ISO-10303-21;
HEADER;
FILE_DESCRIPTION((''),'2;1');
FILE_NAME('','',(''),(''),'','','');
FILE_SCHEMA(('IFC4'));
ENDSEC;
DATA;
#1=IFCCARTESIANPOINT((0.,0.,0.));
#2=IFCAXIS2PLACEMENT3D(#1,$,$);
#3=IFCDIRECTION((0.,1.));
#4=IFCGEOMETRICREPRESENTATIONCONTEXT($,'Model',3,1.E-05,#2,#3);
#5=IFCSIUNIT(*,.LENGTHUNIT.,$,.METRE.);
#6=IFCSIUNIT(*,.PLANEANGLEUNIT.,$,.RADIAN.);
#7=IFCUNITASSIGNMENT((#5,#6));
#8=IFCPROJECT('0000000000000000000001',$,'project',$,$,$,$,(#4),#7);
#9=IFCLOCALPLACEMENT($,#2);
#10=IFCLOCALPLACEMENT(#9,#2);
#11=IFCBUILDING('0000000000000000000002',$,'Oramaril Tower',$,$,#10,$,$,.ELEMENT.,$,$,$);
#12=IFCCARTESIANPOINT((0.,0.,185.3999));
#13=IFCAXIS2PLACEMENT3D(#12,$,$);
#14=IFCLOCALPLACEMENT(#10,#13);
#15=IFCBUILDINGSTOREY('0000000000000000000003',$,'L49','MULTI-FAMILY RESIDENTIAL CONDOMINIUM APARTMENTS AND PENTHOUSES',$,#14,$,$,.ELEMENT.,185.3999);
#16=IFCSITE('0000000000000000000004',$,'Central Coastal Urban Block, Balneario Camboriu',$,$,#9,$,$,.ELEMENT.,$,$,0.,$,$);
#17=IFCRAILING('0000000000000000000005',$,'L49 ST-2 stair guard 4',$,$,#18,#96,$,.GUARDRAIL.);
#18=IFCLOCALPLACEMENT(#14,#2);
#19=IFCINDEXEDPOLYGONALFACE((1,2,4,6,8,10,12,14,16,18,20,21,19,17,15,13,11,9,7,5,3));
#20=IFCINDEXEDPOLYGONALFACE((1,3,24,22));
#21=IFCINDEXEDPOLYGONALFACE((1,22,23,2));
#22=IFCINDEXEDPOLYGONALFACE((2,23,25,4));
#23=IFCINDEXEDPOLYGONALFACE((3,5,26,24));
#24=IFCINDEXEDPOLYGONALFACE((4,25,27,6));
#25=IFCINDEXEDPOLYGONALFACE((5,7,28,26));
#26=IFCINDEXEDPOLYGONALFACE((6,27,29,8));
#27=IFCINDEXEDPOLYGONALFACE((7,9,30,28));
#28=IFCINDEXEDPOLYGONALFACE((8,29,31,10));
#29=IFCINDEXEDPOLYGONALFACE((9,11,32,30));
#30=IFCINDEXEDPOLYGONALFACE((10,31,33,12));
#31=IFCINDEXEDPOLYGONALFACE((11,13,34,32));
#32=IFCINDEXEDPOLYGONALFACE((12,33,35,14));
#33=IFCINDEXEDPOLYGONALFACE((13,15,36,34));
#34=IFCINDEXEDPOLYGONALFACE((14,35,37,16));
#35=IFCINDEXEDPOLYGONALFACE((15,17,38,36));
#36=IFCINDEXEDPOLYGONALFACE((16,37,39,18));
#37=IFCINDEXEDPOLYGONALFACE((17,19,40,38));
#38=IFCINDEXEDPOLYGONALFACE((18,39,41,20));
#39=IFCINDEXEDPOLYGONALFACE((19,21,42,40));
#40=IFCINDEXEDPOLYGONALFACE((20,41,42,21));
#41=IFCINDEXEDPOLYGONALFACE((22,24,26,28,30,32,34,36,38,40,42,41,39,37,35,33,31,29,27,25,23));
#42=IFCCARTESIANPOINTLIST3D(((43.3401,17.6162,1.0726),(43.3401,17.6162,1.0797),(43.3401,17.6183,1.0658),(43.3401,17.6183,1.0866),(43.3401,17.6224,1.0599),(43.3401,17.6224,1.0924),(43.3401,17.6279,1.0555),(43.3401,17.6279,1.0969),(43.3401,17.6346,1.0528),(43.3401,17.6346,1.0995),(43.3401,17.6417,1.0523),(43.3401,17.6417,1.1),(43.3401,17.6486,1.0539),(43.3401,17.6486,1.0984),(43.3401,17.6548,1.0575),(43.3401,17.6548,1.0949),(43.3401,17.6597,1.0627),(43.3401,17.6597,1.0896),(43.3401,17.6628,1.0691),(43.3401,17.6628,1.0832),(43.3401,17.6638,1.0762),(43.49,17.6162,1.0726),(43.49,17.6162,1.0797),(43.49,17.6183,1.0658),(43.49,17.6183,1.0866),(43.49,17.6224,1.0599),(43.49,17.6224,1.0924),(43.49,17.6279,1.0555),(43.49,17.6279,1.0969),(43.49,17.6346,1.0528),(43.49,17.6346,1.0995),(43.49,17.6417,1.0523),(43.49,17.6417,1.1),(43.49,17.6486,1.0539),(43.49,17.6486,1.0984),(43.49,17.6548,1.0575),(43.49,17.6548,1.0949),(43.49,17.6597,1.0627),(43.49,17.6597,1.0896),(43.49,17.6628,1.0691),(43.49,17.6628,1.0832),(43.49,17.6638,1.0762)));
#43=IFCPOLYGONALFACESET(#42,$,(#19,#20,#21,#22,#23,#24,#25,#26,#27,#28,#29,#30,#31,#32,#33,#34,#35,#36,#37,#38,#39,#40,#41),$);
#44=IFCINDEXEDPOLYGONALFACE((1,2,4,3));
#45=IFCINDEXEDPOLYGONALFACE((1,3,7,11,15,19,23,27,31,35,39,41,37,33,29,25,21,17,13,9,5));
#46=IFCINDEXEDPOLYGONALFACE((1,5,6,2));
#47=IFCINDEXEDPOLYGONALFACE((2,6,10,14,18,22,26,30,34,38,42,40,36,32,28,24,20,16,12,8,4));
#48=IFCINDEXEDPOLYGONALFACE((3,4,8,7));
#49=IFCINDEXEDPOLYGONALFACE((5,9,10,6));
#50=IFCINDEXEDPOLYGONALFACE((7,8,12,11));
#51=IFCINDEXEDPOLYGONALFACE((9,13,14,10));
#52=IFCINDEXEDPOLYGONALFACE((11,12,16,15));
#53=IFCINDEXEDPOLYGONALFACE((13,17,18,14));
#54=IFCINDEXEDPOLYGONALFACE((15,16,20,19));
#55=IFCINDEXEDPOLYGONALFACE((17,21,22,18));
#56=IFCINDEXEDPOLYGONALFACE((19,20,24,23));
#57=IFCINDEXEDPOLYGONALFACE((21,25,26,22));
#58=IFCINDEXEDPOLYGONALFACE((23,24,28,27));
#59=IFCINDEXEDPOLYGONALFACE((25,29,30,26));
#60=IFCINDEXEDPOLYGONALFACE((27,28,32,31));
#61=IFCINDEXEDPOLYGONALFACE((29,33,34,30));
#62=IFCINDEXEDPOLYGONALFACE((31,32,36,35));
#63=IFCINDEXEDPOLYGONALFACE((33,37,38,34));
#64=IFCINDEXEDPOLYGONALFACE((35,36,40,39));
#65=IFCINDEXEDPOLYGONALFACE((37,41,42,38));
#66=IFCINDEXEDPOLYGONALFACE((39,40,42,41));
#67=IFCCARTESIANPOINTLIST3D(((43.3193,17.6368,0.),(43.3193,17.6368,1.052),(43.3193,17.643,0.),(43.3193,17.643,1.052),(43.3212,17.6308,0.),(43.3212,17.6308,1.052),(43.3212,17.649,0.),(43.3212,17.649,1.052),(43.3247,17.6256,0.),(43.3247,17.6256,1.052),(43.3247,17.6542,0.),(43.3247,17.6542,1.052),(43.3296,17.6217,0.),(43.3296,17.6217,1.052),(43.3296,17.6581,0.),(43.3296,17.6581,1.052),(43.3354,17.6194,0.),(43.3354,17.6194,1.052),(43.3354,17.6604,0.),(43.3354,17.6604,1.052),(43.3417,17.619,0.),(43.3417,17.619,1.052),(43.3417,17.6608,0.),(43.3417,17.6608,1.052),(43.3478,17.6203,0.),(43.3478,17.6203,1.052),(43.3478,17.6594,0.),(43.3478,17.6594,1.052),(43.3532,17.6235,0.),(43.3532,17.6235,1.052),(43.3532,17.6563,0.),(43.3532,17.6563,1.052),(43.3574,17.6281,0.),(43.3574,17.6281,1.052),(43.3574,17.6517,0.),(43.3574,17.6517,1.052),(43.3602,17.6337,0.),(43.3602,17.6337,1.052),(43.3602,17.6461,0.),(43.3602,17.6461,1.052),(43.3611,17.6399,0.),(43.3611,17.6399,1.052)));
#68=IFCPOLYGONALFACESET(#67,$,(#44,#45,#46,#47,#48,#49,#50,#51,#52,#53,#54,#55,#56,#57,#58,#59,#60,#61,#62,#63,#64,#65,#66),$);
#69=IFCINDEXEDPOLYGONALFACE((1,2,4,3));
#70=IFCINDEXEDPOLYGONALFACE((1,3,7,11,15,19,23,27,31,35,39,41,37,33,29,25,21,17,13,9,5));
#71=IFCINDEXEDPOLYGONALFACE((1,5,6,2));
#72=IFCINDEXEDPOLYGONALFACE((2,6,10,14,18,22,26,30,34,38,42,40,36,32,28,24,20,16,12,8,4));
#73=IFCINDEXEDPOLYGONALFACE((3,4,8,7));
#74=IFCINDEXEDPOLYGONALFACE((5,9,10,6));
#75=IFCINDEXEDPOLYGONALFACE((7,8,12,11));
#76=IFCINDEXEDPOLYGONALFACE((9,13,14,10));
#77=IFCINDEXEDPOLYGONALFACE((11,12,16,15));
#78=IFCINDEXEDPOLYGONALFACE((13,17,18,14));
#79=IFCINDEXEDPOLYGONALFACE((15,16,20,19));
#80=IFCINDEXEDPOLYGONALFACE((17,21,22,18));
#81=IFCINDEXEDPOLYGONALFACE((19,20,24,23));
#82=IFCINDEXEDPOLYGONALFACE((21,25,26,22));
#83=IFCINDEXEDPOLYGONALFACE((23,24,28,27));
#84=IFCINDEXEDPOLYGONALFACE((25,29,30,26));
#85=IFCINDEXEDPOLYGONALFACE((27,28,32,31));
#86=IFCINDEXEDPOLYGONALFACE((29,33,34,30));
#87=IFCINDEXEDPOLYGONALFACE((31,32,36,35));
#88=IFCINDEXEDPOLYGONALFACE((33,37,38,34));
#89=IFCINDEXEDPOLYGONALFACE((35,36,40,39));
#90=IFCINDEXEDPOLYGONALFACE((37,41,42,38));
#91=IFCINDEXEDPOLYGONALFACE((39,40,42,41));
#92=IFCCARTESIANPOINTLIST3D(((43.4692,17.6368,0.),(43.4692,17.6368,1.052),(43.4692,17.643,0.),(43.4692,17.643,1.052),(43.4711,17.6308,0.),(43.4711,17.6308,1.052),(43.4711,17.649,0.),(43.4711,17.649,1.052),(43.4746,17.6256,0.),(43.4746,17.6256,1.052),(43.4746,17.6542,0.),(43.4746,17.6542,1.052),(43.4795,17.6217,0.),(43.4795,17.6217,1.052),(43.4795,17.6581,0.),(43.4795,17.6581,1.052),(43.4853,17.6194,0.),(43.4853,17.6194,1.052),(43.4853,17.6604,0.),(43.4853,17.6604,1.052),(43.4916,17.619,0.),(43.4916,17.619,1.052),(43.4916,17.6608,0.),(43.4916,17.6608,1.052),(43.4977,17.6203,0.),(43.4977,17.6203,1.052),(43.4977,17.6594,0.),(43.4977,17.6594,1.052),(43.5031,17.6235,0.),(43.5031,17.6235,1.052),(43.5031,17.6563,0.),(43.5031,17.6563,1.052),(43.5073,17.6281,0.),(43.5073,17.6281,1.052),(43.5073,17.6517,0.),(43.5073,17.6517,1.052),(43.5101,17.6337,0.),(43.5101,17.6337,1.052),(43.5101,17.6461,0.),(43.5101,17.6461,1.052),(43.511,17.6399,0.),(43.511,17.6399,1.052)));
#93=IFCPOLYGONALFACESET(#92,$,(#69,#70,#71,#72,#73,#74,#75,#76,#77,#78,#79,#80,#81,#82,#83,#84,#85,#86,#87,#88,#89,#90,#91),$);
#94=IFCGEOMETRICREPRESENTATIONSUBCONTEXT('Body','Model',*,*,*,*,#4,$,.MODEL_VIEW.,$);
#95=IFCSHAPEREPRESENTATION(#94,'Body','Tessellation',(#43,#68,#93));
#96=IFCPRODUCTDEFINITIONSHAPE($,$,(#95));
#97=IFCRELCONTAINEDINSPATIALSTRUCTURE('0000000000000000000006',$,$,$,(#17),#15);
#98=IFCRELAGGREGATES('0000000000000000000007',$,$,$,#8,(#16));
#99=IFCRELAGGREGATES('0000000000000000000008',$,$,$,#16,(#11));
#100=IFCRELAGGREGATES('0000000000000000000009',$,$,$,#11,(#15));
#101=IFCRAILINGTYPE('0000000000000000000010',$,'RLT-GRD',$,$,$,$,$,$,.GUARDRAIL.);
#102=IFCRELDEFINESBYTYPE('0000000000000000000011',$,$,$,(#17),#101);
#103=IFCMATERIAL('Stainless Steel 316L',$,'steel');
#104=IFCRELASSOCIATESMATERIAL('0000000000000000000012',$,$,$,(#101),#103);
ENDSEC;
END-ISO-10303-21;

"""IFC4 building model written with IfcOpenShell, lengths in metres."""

from ifc_helpers import new_model, si_unit, direction, frame, origin, origin_2d, place, context, subcontext, project, spatial, circle, extrude, material, type_object, element, save


model = new_model("IFC4")

# Units and contexts
model_context = context("Model", 3, precision=1e-05, world=origin(), true_north=direction((0.0, 1.0)))
body_context = subcontext(model_context, "Body", "Model", "MODEL_VIEW")
ifc_project = project(units=[si_unit("LENGTHUNIT", "METRE"), si_unit("PLANEANGLEUNIT", "RADIAN")], contexts=[model_context])

# Site, building, storey
site_placement = place(None, origin())
site = spatial("IfcSite", under=ifc_project, at=site_placement, Name="Central Coastal Urban Block, Balneario Camboriu", CompositionType="ELEMENT", RefElevation=0.0)
building_placement = place(site_placement, origin())
building = spatial("IfcBuilding", under=site, at=building_placement, Name="Oramaril Tower", CompositionType="ELEMENT")
storey_placement = place(building_placement, frame((0.0, 0.0, 185.3999)))
storey = spatial("IfcBuildingStorey", under=building, at=storey_placement, Name="L49", Description="MULTI-FAMILY RESIDENTIAL CONDOMINIUM APARTMENTS AND PENTHOUSES", CompositionType="ELEMENT", Elevation=185.3999)

# Railing
ifc_material_1 = material(Name="Stainless Steel 316L", Category="steel")
railing_type_1 = type_object("IfcRailingType", Name="RLT-GRD", PredefinedType="GUARDRAIL", material=ifc_material_1)
railing_1_placement = place(storey_placement, frame((43.3401, 17.6399, 0.0)))
element("IfcRailing", 1, at=railing_1_placement, inside=storey, type_object=railing_type_1, Name="L49 ST-2 stair guard 4", PredefinedType="GUARDRAIL", context=body_context, shape_type="SweptSolid", body=[
    extrude(circle(Radius=0.0239, at=origin_2d()), frame((0.0, 0.0, 1.0762), z_axis=(1.0, 0.0, 0.0), x_axis=(0.0, 1.0, 0.0)), (0.0, 0.0, 1.0), 0.1499),
    extrude(circle(Radius=0.021, at=origin_2d()), origin(), (0.0, 0.0, 1.0), 1.052),
    extrude(circle(Radius=0.021, at=origin_2d()), frame((0.1499, 0.0, 0.0)), (0.0, 0.0, 1.0), 1.052),
])

save(model, "model.ifc")
